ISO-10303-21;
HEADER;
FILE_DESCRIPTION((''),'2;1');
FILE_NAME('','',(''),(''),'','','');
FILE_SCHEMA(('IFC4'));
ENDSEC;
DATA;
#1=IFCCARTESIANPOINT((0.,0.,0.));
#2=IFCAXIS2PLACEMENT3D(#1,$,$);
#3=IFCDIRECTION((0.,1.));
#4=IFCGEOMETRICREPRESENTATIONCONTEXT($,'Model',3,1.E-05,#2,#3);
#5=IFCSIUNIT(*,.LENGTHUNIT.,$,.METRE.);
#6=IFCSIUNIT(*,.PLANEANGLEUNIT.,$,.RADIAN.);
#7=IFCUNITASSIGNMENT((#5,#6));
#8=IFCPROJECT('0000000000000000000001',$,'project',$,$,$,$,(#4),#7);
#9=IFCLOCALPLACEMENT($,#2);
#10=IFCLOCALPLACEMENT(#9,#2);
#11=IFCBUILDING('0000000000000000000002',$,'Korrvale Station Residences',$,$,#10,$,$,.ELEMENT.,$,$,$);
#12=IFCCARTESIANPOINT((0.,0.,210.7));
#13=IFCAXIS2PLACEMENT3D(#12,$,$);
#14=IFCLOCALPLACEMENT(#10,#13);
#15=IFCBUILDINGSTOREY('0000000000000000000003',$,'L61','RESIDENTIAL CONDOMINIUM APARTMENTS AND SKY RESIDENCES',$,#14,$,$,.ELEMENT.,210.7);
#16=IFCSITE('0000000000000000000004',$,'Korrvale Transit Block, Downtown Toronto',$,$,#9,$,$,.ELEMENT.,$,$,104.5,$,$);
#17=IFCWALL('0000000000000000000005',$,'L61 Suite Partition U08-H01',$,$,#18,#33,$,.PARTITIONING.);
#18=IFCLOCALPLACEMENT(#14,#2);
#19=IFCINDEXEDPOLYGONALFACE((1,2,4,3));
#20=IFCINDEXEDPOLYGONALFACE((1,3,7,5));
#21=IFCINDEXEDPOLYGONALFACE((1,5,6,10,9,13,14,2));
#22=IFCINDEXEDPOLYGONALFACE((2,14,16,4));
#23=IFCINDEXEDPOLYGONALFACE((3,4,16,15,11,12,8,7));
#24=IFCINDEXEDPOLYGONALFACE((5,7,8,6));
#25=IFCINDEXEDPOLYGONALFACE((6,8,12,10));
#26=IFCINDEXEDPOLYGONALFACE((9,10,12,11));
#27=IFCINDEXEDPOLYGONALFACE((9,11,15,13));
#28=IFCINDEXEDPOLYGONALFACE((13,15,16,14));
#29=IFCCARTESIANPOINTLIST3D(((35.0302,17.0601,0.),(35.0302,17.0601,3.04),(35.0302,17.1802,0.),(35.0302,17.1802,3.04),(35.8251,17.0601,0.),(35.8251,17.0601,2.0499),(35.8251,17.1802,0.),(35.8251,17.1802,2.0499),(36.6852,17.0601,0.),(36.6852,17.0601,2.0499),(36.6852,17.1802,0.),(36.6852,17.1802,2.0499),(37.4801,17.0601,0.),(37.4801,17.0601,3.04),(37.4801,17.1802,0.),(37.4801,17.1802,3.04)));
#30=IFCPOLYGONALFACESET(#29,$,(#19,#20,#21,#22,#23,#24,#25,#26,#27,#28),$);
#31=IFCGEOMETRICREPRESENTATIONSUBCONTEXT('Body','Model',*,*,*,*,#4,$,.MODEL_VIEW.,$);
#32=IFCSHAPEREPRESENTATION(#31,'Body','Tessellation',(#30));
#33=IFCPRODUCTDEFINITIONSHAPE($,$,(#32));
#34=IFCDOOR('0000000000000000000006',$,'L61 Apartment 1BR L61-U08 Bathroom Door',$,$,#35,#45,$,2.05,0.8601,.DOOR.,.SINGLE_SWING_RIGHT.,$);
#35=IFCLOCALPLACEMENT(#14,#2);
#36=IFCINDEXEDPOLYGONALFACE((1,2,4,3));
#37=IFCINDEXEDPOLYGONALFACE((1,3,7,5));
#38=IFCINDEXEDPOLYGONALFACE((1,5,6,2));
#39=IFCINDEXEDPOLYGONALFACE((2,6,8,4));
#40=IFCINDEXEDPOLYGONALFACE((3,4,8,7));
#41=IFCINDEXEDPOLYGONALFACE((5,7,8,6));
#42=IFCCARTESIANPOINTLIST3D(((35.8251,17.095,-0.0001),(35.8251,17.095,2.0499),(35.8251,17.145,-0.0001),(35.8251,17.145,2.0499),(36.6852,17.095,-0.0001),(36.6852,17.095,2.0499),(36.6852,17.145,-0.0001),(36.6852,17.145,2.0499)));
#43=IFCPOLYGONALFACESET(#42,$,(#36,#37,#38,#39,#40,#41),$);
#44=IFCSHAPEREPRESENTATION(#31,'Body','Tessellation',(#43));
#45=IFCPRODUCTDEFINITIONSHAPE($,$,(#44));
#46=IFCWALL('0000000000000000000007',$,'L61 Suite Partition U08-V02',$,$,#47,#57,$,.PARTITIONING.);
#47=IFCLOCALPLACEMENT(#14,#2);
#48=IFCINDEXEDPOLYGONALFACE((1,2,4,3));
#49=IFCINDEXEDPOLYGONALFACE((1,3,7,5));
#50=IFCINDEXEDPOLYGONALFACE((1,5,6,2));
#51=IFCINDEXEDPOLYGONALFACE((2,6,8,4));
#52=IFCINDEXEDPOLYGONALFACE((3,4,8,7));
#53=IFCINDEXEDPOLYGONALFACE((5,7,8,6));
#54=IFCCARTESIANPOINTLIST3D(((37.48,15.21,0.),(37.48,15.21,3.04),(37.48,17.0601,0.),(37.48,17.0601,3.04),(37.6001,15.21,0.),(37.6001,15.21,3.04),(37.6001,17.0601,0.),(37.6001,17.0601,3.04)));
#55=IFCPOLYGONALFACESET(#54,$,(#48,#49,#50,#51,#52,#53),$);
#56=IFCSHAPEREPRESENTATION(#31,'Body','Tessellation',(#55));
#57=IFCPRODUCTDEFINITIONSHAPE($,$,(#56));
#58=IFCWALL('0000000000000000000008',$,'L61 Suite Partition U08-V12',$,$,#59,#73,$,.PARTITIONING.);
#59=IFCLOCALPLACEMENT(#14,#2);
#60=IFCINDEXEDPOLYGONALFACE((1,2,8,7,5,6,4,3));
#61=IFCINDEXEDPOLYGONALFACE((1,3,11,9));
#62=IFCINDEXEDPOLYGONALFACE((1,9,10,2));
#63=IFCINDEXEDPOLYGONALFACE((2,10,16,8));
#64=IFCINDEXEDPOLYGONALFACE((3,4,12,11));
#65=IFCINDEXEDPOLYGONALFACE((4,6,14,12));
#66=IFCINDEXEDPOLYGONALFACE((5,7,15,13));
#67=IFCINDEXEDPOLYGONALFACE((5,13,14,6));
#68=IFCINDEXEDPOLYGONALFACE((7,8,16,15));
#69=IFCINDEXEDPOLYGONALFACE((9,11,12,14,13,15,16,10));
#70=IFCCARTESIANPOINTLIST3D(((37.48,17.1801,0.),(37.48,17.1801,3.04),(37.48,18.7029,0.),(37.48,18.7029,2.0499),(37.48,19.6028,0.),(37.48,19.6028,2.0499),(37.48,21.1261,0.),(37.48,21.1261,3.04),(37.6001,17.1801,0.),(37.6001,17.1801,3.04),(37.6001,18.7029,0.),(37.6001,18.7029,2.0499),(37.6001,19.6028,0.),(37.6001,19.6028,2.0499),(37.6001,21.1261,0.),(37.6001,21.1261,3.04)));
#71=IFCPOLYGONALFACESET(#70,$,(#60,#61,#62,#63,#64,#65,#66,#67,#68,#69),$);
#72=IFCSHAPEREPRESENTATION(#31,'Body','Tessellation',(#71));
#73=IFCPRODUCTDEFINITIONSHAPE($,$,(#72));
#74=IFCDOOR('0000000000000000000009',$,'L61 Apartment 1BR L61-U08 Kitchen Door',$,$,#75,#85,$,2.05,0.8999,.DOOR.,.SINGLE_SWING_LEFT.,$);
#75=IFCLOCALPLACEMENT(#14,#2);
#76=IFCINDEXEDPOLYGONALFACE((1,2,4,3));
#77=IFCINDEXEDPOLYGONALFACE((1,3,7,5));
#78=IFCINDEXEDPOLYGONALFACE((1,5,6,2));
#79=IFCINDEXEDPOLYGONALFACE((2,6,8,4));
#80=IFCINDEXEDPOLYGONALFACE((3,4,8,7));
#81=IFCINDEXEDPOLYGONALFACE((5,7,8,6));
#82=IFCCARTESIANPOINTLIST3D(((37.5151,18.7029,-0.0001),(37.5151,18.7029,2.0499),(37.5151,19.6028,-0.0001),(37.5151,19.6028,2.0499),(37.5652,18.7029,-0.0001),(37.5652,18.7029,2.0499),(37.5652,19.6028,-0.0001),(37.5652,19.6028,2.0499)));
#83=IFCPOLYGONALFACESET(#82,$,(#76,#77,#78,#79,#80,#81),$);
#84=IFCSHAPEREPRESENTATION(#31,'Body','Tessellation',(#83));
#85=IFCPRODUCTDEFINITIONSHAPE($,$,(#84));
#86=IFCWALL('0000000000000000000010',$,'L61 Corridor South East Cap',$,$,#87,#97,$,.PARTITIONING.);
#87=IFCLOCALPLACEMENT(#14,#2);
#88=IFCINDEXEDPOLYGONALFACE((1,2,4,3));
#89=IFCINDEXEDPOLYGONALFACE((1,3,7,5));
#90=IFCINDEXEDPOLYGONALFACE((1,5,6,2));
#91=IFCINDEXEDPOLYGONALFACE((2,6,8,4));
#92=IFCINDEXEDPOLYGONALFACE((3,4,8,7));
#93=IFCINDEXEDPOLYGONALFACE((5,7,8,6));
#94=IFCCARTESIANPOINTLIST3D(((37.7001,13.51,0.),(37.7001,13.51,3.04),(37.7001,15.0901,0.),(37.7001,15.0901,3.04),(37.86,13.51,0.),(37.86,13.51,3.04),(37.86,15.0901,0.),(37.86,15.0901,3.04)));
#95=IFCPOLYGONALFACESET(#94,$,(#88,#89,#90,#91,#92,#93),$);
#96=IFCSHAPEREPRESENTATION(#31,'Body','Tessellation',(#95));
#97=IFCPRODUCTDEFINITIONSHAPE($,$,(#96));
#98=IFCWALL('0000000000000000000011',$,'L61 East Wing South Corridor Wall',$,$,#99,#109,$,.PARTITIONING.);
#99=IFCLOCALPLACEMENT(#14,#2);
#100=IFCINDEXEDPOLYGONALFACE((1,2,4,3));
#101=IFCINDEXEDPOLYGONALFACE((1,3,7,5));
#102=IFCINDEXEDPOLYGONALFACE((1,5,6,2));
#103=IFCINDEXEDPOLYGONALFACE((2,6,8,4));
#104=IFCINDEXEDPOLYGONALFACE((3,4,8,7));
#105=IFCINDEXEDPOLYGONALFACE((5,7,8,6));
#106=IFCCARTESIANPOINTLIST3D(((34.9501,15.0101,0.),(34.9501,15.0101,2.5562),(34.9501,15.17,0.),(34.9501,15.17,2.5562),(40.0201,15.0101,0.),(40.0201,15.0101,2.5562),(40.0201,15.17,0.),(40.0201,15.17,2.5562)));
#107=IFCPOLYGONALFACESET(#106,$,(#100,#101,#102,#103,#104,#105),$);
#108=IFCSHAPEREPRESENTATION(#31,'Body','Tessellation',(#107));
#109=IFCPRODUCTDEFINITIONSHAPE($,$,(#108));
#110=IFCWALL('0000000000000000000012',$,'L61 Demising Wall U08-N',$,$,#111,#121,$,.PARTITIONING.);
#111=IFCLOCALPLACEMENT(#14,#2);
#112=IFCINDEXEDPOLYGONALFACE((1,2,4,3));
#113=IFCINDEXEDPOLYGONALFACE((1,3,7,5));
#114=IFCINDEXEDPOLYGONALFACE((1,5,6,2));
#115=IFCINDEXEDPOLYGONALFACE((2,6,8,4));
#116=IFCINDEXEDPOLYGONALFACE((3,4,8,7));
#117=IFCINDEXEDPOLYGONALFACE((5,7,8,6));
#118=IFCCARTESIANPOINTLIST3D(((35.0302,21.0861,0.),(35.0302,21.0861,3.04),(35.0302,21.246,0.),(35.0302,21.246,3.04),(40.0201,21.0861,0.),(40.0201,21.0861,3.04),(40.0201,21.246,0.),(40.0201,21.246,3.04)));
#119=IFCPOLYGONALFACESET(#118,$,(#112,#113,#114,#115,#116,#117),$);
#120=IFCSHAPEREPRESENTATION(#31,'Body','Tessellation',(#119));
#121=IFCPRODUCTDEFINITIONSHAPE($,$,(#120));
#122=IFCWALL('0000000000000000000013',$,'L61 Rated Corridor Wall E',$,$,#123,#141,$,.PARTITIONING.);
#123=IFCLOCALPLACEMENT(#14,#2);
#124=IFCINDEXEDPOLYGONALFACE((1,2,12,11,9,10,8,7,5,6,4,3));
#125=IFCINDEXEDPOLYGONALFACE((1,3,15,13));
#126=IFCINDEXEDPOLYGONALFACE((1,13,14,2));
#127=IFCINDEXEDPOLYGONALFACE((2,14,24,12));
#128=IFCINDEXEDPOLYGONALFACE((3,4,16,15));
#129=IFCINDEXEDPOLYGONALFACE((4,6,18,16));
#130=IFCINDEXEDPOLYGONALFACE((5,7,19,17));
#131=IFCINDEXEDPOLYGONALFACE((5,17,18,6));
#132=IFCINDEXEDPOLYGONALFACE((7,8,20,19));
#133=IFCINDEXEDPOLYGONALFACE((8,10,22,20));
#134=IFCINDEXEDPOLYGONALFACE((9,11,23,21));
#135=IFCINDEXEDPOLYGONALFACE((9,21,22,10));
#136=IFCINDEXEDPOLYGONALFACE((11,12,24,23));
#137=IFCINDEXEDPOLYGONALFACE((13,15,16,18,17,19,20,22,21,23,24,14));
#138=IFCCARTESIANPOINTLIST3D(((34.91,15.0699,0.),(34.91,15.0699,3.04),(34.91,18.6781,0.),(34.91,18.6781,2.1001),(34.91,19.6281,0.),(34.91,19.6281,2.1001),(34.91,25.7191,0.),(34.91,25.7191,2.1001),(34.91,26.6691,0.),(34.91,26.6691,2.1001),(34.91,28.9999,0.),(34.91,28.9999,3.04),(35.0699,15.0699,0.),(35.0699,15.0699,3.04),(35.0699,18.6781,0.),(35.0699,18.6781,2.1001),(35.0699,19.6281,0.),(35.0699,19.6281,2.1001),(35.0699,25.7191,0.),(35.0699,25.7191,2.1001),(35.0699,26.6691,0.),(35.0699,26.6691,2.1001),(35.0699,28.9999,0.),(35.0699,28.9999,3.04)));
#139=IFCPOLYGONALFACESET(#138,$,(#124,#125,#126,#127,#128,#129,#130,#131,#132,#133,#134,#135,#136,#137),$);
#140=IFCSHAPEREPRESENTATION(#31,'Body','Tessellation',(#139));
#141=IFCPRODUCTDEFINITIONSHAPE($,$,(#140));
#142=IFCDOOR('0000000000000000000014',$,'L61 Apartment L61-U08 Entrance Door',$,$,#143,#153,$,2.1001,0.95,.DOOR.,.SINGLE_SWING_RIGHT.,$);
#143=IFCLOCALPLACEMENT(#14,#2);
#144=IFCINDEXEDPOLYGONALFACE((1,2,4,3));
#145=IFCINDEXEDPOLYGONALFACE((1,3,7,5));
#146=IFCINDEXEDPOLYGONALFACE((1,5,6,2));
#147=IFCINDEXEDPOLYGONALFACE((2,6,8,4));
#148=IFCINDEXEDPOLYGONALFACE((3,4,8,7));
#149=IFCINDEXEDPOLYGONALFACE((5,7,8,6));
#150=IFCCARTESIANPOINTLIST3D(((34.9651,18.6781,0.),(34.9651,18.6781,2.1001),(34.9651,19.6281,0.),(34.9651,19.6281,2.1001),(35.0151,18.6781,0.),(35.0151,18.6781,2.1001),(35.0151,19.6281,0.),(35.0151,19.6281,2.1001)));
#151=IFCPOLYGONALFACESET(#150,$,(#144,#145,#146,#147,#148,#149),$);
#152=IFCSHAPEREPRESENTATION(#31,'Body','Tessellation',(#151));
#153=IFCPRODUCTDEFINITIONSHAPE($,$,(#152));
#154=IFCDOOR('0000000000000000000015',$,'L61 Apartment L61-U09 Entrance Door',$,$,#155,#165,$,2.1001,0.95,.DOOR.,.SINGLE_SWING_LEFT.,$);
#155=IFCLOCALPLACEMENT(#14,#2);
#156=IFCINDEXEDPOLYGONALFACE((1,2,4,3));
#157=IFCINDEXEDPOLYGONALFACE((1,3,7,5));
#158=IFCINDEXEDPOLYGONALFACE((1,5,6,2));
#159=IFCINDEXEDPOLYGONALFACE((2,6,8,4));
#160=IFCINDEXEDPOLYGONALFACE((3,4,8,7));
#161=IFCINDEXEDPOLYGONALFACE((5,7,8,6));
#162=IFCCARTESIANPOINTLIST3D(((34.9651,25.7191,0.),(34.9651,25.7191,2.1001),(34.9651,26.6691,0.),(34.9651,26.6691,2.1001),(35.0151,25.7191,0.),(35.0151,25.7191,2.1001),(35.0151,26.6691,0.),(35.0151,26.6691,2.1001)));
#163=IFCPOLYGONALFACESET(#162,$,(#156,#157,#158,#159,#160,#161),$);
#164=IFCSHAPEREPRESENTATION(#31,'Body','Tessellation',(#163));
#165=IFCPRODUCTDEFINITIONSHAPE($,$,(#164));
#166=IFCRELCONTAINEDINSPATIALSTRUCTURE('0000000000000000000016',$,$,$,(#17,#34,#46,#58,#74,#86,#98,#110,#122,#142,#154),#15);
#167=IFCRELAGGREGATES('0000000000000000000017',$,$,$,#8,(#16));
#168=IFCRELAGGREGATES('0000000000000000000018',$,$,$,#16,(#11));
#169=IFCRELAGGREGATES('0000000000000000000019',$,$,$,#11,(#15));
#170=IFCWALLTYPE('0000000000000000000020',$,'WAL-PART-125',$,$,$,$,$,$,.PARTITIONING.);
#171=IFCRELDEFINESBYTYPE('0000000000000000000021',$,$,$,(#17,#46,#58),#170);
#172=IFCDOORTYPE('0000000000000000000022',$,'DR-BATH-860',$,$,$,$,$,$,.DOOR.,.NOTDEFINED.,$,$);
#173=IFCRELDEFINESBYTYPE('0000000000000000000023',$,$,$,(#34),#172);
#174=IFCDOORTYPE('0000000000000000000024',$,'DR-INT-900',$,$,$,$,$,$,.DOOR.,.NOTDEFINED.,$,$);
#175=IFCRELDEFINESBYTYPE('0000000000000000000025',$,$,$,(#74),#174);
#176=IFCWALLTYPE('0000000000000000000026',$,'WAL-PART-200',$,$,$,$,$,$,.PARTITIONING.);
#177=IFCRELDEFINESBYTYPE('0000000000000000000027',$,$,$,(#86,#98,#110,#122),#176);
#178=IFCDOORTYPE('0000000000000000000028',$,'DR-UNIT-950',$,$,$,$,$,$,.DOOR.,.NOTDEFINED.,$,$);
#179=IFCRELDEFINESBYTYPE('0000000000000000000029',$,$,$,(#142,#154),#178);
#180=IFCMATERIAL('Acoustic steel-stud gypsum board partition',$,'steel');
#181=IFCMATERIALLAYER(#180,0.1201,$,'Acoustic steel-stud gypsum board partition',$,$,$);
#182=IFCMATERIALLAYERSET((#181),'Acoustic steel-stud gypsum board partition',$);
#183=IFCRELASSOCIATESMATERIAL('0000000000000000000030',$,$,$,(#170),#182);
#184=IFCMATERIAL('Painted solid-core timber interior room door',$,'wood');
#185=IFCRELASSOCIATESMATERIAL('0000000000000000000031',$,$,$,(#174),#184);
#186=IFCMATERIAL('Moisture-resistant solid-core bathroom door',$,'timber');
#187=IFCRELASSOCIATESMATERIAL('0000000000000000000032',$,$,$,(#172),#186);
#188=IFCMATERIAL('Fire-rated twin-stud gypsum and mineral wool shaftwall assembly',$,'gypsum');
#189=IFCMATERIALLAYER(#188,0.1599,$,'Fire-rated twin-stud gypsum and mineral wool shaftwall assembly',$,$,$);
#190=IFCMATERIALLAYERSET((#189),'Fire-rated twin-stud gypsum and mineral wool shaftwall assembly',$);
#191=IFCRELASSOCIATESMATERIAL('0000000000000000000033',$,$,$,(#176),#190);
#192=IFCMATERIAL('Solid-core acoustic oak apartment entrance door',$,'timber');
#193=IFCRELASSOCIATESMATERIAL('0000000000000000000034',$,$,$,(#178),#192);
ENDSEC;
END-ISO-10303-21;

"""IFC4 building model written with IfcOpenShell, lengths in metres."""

from ifc_helpers import new_model, si_unit, direction, frame, frame_2d, origin, place, context, subcontext, project, spatial, rectangle, extrude, material, layer, layer_set, type_object, element, fill, save


model = new_model("IFC4")

# Units and contexts
model_context = context("Model", 3, precision=1e-05, world=origin(), true_north=direction((0.0, 1.0)))
body_context = subcontext(model_context, "Body", "Model", "MODEL_VIEW")
ifc_project = project(units=[si_unit("LENGTHUNIT", "METRE"), si_unit("PLANEANGLEUNIT", "RADIAN")], contexts=[model_context])

# Site, building, storey
site_placement = place(None, origin())
site = spatial("IfcSite", under=ifc_project, at=site_placement, Name="Korrvale Transit Block, Downtown Toronto", CompositionType="ELEMENT", RefElevation=104.5)
building_placement = place(site_placement, origin())
building = spatial("IfcBuilding", under=site, at=building_placement, Name="Korrvale Station Residences", CompositionType="ELEMENT")
storey_placement = place(building_placement, frame((0.0, 0.0, 210.7)))
storey = spatial("IfcBuildingStorey", under=building, at=storey_placement, Name="L61", Description="RESIDENTIAL CONDOMINIUM APARTMENTS AND SKY RESIDENCES", CompositionType="ELEMENT", Elevation=210.7)

# Wall, opening, door
ifc_material_1 = material(Name="Acoustic steel-stud gypsum board partition", Category="steel")
ifc_layer_1 = layer(ifc_material_1, 0.1201, Name="Acoustic steel-stud gypsum board partition")
ifc_layer_set_1 = layer_set([ifc_layer_1], Name="Acoustic steel-stud gypsum board partition")
wall_type_1 = type_object("IfcWallType", Name="WAL-PART-125", PredefinedType="PARTITIONING", material=ifc_layer_set_1)
ifc_material_2 = material(Name="Painted solid-core timber interior room door", Category="wood")
door_type_1 = type_object("IfcDoorType", Name="DR-INT-900", OperationType="NOTDEFINED", PredefinedType="DOOR", material=ifc_material_2)
wall_1_placement = place(storey_placement, frame((35.03, 17.1201, 0.0), z_axis=(0.0, 0.0, 1.0), x_axis=(1.0, 0.0, 0.0)))
wall_1 = element("IfcWall", 1, at=wall_1_placement, inside=storey, type_object=wall_type_1, Name="L61 Suite Partition U08-H01", PredefinedType="PARTITIONING", context=body_context, shape_type="SweptSolid", body=[
    extrude(rectangle(XDim=2.45, YDim=0.1201, at=frame_2d((1.2251, 0.0))), origin(), (0.0, 0.0, 1.0), 3.04),
])
opening_1_placement = place(wall_1_placement, frame((0.7949, 0.0, 0.0)))
opening_1 = element("IfcOpeningElement", 2, at=opening_1_placement, cuts=wall_1, PredefinedType="OPENING", context=body_context, shape_type="SweptSolid", body=[
    extrude(rectangle(XDim=0.8601, YDim=2.05, at=frame_2d((0.4302, 1.0249))), frame((0.0, 0.0701, 0.0), z_axis=(0.0, -1.0, 0.0), x_axis=(1.0, 0.0, 0.0)), (0.0, 0.0, 1.0), 0.1401),
])
ifc_material_3 = material(Name="Moisture-resistant solid-core bathroom door", Category="timber")
door_type_2 = type_object("IfcDoorType", Name="DR-BATH-860", OperationType="NOTDEFINED", PredefinedType="DOOR", material=ifc_material_3)
door_1_placement = place(opening_1_placement, origin())
door_1 = element("IfcDoor", 3, at=door_1_placement, inside=storey, type_object=door_type_2, Name="L61 Apartment 1BR L61-U08 Bathroom Door", OperationType="SINGLE_SWING_RIGHT", OverallHeight=2.05, OverallWidth=0.8601, PredefinedType="DOOR", context=body_context, shape_type="SweptSolid", body=[
    extrude(rectangle(XDim=0.8601, YDim=2.05, at=frame_2d((0.4302, 1.0249))), frame((0.0, 0.0249, 0.0), z_axis=(0.0, -1.0, 0.0), x_axis=(1.0, 0.0, 0.0)), (0.0, 0.0, 1.0), 0.05),
])
fill(opening_1, door_1)

# Wall
wall_2_placement = place(storey_placement, frame((37.54, 15.21, 0.0), z_axis=(0.0, 0.0, 1.0), x_axis=(0.0, 1.0, 0.0)))
element("IfcWall", 4, at=wall_2_placement, inside=storey, type_object=wall_type_1, Name="L61 Suite Partition U08-V02", PredefinedType="PARTITIONING", context=body_context, shape_type="SweptSolid", body=[
    extrude(rectangle(XDim=1.8501, YDim=0.1201, at=frame_2d((0.925, 0.0))), origin(), (0.0, 0.0, 1.0), 3.04),
])

# Wall, opening, door
wall_3_placement = place(storey_placement, frame((37.54, 17.1799, 0.0), z_axis=(0.0, 0.0, 1.0), x_axis=(0.0, 1.0, 0.0)))
wall_3 = element("IfcWall", 5, at=wall_3_placement, inside=storey, type_object=wall_type_1, Name="L61 Suite Partition U08-V12", PredefinedType="PARTITIONING", context=body_context, shape_type="SweptSolid", body=[
    extrude(rectangle(XDim=3.946, YDim=0.1201, at=frame_2d((1.9731, 0.0))), origin(), (0.0, 0.0, 1.0), 3.04),
])
opening_2_placement = place(wall_3_placement, frame((1.5229, 0.0, 0.0)))
opening_2 = element("IfcOpeningElement", 6, at=opening_2_placement, cuts=wall_3, PredefinedType="OPENING", context=body_context, shape_type="SweptSolid", body=[
    extrude(rectangle(XDim=0.8999, YDim=2.05, at=frame_2d((0.45, 1.0249))), frame((0.0, 0.0701, 0.0), z_axis=(0.0, -1.0, 0.0), x_axis=(1.0, 0.0, 0.0)), (0.0, 0.0, 1.0), 0.1401),
])
door_2_placement = place(opening_2_placement, origin())
door_2 = element("IfcDoor", 7, at=door_2_placement, inside=storey, type_object=door_type_1, Name="L61 Apartment 1BR L61-U08 Kitchen Door", OperationType="SINGLE_SWING_LEFT", OverallHeight=2.05, OverallWidth=0.8999, PredefinedType="DOOR", context=body_context, shape_type="SweptSolid", body=[
    extrude(rectangle(XDim=0.8999, YDim=2.05, at=frame_2d((0.45, 1.0249))), frame((0.0, 0.0249, 0.0), z_axis=(0.0, -1.0, 0.0), x_axis=(1.0, 0.0, 0.0)), (0.0, 0.0, 1.0), 0.05),
])
fill(opening_2, door_2)

# Walls
ifc_material_4 = material(Name="Fire-rated twin-stud gypsum and mineral wool shaftwall assembly", Category="gypsum")
ifc_layer_2 = layer(ifc_material_4, 0.1599, Name="Fire-rated twin-stud gypsum and mineral wool shaftwall assembly")
ifc_layer_set_2 = layer_set([ifc_layer_2], Name="Fire-rated twin-stud gypsum and mineral wool shaftwall assembly")
wall_type_2 = type_object("IfcWallType", Name="WAL-PART-200", PredefinedType="PARTITIONING", material=ifc_layer_set_2)
wall_4_placement = place(storey_placement, frame((37.78, 13.51, 0.0), z_axis=(0.0, 0.0, 1.0), x_axis=(0.0, 1.0, 0.0)))
element("IfcWall", 8, at=wall_4_placement, inside=storey, type_object=wall_type_2, Name="L61 Corridor South East Cap", PredefinedType="PARTITIONING", context=body_context, shape_type="SweptSolid", body=[
    extrude(rectangle(XDim=1.5801, YDim=0.1599, at=frame_2d((0.79, 0.0))), origin(), (0.0, 0.0, 1.0), 3.04),
])
wall_5_placement = place(storey_placement, frame((34.95, 15.0901, 0.0), z_axis=(0.0, 0.0, 1.0), x_axis=(1.0, 0.0, 0.0)))
element("IfcWall", 9, at=wall_5_placement, inside=storey, type_object=wall_type_2, Name="L61 East Wing South Corridor Wall", PredefinedType="PARTITIONING", context=body_context, shape_type="SweptSolid", body=[
    extrude(rectangle(XDim=5.0701, YDim=0.1599, at=frame_2d((2.5352, 0.0))), origin(), (0.0, 0.0, 1.0), 2.5562),
])
wall_6_placement = place(storey_placement, frame((35.03, 21.166, 0.0), z_axis=(0.0, 0.0, 1.0), x_axis=(1.0, 0.0, 0.0)))
element("IfcWall", 10, at=wall_6_placement, inside=storey, type_object=wall_type_2, Name="L61 Demising Wall U08-N", PredefinedType="PARTITIONING", context=body_context, shape_type="SweptSolid", body=[
    extrude(rectangle(XDim=4.99, YDim=0.1599, at=frame_2d((2.4951, 0.0))), origin(), (0.0, 0.0, 1.0), 3.04),
])

# Wall, openings, doors
wall_7_placement = place(storey_placement, frame((34.99, 15.0701, 0.0), z_axis=(0.0, 0.0, 1.0), x_axis=(0.0, 1.0, 0.0)))
wall_7 = element("IfcWall", 11, at=wall_7_placement, inside=storey, type_object=wall_type_2, Name="L61 Rated Corridor Wall E", PredefinedType="PARTITIONING", context=body_context, shape_type="SweptSolid", body=[
    extrude(rectangle(XDim=13.9299, YDim=0.1599, at=frame_2d((6.9648, 0.0))), origin(), (0.0, 0.0, 1.0), 3.04),
])
opening_3_placement = place(wall_7_placement, frame((3.6079, 0.0, 0.0)))
opening_3 = element("IfcOpeningElement", 12, at=opening_3_placement, cuts=wall_7, PredefinedType="OPENING", context=body_context, shape_type="SweptSolid", body=[
    extrude(rectangle(XDim=0.95, YDim=2.1001, at=frame_2d((0.4751, 1.05))), frame((0.0, 0.0898, 0.0), z_axis=(0.0, -1.0, 0.0), x_axis=(1.0, 0.0, 0.0)), (0.0, 0.0, 1.0), 0.1799),
])
opening_4_placement = place(wall_7_placement, frame((10.6489, 0.0, 0.0)))
opening_4 = element("IfcOpeningElement", 13, at=opening_4_placement, cuts=wall_7, PredefinedType="OPENING", context=body_context, shape_type="SweptSolid", body=[
    extrude(rectangle(XDim=0.95, YDim=2.1001, at=frame_2d((0.4751, 1.05))), frame((0.0, 0.0898, 0.0), z_axis=(0.0, -1.0, 0.0), x_axis=(1.0, 0.0, 0.0)), (0.0, 0.0, 1.0), 0.1799),
])
ifc_material_5 = material(Name="Solid-core acoustic oak apartment entrance door", Category="timber")
door_type_3 = type_object("IfcDoorType", Name="DR-UNIT-950", OperationType="NOTDEFINED", PredefinedType="DOOR", material=ifc_material_5)
door_3_placement = place(opening_3_placement, origin())
door_3 = element("IfcDoor", 14, at=door_3_placement, inside=storey, type_object=door_type_3, Name="L61 Apartment L61-U08 Entrance Door", OperationType="SINGLE_SWING_RIGHT", OverallHeight=2.1001, OverallWidth=0.95, PredefinedType="DOOR", context=body_context, shape_type="SweptSolid", body=[
    extrude(rectangle(XDim=0.95, YDim=2.1001, at=frame_2d((0.4751, 1.05))), frame((0.0, 0.0249, 0.0), z_axis=(0.0, -1.0, 0.0), x_axis=(1.0, 0.0, 0.0)), (0.0, 0.0, 1.0), 0.05),
])
fill(opening_3, door_3)
door_4_placement = place(opening_4_placement, origin())
door_4 = element("IfcDoor", 15, at=door_4_placement, inside=storey, type_object=door_type_3, Name="L61 Apartment L61-U09 Entrance Door", OperationType="SINGLE_SWING_LEFT", OverallHeight=2.1001, OverallWidth=0.95, PredefinedType="DOOR", context=body_context, shape_type="SweptSolid", body=[
    extrude(rectangle(XDim=0.95, YDim=2.1001, at=frame_2d((0.4751, 1.05))), frame((0.0, 0.0249, 0.0), z_axis=(0.0, -1.0, 0.0), x_axis=(1.0, 0.0, 0.0)), (0.0, 0.0, 1.0), 0.05),
])
fill(opening_4, door_4)

save(model, "model.ifc")
